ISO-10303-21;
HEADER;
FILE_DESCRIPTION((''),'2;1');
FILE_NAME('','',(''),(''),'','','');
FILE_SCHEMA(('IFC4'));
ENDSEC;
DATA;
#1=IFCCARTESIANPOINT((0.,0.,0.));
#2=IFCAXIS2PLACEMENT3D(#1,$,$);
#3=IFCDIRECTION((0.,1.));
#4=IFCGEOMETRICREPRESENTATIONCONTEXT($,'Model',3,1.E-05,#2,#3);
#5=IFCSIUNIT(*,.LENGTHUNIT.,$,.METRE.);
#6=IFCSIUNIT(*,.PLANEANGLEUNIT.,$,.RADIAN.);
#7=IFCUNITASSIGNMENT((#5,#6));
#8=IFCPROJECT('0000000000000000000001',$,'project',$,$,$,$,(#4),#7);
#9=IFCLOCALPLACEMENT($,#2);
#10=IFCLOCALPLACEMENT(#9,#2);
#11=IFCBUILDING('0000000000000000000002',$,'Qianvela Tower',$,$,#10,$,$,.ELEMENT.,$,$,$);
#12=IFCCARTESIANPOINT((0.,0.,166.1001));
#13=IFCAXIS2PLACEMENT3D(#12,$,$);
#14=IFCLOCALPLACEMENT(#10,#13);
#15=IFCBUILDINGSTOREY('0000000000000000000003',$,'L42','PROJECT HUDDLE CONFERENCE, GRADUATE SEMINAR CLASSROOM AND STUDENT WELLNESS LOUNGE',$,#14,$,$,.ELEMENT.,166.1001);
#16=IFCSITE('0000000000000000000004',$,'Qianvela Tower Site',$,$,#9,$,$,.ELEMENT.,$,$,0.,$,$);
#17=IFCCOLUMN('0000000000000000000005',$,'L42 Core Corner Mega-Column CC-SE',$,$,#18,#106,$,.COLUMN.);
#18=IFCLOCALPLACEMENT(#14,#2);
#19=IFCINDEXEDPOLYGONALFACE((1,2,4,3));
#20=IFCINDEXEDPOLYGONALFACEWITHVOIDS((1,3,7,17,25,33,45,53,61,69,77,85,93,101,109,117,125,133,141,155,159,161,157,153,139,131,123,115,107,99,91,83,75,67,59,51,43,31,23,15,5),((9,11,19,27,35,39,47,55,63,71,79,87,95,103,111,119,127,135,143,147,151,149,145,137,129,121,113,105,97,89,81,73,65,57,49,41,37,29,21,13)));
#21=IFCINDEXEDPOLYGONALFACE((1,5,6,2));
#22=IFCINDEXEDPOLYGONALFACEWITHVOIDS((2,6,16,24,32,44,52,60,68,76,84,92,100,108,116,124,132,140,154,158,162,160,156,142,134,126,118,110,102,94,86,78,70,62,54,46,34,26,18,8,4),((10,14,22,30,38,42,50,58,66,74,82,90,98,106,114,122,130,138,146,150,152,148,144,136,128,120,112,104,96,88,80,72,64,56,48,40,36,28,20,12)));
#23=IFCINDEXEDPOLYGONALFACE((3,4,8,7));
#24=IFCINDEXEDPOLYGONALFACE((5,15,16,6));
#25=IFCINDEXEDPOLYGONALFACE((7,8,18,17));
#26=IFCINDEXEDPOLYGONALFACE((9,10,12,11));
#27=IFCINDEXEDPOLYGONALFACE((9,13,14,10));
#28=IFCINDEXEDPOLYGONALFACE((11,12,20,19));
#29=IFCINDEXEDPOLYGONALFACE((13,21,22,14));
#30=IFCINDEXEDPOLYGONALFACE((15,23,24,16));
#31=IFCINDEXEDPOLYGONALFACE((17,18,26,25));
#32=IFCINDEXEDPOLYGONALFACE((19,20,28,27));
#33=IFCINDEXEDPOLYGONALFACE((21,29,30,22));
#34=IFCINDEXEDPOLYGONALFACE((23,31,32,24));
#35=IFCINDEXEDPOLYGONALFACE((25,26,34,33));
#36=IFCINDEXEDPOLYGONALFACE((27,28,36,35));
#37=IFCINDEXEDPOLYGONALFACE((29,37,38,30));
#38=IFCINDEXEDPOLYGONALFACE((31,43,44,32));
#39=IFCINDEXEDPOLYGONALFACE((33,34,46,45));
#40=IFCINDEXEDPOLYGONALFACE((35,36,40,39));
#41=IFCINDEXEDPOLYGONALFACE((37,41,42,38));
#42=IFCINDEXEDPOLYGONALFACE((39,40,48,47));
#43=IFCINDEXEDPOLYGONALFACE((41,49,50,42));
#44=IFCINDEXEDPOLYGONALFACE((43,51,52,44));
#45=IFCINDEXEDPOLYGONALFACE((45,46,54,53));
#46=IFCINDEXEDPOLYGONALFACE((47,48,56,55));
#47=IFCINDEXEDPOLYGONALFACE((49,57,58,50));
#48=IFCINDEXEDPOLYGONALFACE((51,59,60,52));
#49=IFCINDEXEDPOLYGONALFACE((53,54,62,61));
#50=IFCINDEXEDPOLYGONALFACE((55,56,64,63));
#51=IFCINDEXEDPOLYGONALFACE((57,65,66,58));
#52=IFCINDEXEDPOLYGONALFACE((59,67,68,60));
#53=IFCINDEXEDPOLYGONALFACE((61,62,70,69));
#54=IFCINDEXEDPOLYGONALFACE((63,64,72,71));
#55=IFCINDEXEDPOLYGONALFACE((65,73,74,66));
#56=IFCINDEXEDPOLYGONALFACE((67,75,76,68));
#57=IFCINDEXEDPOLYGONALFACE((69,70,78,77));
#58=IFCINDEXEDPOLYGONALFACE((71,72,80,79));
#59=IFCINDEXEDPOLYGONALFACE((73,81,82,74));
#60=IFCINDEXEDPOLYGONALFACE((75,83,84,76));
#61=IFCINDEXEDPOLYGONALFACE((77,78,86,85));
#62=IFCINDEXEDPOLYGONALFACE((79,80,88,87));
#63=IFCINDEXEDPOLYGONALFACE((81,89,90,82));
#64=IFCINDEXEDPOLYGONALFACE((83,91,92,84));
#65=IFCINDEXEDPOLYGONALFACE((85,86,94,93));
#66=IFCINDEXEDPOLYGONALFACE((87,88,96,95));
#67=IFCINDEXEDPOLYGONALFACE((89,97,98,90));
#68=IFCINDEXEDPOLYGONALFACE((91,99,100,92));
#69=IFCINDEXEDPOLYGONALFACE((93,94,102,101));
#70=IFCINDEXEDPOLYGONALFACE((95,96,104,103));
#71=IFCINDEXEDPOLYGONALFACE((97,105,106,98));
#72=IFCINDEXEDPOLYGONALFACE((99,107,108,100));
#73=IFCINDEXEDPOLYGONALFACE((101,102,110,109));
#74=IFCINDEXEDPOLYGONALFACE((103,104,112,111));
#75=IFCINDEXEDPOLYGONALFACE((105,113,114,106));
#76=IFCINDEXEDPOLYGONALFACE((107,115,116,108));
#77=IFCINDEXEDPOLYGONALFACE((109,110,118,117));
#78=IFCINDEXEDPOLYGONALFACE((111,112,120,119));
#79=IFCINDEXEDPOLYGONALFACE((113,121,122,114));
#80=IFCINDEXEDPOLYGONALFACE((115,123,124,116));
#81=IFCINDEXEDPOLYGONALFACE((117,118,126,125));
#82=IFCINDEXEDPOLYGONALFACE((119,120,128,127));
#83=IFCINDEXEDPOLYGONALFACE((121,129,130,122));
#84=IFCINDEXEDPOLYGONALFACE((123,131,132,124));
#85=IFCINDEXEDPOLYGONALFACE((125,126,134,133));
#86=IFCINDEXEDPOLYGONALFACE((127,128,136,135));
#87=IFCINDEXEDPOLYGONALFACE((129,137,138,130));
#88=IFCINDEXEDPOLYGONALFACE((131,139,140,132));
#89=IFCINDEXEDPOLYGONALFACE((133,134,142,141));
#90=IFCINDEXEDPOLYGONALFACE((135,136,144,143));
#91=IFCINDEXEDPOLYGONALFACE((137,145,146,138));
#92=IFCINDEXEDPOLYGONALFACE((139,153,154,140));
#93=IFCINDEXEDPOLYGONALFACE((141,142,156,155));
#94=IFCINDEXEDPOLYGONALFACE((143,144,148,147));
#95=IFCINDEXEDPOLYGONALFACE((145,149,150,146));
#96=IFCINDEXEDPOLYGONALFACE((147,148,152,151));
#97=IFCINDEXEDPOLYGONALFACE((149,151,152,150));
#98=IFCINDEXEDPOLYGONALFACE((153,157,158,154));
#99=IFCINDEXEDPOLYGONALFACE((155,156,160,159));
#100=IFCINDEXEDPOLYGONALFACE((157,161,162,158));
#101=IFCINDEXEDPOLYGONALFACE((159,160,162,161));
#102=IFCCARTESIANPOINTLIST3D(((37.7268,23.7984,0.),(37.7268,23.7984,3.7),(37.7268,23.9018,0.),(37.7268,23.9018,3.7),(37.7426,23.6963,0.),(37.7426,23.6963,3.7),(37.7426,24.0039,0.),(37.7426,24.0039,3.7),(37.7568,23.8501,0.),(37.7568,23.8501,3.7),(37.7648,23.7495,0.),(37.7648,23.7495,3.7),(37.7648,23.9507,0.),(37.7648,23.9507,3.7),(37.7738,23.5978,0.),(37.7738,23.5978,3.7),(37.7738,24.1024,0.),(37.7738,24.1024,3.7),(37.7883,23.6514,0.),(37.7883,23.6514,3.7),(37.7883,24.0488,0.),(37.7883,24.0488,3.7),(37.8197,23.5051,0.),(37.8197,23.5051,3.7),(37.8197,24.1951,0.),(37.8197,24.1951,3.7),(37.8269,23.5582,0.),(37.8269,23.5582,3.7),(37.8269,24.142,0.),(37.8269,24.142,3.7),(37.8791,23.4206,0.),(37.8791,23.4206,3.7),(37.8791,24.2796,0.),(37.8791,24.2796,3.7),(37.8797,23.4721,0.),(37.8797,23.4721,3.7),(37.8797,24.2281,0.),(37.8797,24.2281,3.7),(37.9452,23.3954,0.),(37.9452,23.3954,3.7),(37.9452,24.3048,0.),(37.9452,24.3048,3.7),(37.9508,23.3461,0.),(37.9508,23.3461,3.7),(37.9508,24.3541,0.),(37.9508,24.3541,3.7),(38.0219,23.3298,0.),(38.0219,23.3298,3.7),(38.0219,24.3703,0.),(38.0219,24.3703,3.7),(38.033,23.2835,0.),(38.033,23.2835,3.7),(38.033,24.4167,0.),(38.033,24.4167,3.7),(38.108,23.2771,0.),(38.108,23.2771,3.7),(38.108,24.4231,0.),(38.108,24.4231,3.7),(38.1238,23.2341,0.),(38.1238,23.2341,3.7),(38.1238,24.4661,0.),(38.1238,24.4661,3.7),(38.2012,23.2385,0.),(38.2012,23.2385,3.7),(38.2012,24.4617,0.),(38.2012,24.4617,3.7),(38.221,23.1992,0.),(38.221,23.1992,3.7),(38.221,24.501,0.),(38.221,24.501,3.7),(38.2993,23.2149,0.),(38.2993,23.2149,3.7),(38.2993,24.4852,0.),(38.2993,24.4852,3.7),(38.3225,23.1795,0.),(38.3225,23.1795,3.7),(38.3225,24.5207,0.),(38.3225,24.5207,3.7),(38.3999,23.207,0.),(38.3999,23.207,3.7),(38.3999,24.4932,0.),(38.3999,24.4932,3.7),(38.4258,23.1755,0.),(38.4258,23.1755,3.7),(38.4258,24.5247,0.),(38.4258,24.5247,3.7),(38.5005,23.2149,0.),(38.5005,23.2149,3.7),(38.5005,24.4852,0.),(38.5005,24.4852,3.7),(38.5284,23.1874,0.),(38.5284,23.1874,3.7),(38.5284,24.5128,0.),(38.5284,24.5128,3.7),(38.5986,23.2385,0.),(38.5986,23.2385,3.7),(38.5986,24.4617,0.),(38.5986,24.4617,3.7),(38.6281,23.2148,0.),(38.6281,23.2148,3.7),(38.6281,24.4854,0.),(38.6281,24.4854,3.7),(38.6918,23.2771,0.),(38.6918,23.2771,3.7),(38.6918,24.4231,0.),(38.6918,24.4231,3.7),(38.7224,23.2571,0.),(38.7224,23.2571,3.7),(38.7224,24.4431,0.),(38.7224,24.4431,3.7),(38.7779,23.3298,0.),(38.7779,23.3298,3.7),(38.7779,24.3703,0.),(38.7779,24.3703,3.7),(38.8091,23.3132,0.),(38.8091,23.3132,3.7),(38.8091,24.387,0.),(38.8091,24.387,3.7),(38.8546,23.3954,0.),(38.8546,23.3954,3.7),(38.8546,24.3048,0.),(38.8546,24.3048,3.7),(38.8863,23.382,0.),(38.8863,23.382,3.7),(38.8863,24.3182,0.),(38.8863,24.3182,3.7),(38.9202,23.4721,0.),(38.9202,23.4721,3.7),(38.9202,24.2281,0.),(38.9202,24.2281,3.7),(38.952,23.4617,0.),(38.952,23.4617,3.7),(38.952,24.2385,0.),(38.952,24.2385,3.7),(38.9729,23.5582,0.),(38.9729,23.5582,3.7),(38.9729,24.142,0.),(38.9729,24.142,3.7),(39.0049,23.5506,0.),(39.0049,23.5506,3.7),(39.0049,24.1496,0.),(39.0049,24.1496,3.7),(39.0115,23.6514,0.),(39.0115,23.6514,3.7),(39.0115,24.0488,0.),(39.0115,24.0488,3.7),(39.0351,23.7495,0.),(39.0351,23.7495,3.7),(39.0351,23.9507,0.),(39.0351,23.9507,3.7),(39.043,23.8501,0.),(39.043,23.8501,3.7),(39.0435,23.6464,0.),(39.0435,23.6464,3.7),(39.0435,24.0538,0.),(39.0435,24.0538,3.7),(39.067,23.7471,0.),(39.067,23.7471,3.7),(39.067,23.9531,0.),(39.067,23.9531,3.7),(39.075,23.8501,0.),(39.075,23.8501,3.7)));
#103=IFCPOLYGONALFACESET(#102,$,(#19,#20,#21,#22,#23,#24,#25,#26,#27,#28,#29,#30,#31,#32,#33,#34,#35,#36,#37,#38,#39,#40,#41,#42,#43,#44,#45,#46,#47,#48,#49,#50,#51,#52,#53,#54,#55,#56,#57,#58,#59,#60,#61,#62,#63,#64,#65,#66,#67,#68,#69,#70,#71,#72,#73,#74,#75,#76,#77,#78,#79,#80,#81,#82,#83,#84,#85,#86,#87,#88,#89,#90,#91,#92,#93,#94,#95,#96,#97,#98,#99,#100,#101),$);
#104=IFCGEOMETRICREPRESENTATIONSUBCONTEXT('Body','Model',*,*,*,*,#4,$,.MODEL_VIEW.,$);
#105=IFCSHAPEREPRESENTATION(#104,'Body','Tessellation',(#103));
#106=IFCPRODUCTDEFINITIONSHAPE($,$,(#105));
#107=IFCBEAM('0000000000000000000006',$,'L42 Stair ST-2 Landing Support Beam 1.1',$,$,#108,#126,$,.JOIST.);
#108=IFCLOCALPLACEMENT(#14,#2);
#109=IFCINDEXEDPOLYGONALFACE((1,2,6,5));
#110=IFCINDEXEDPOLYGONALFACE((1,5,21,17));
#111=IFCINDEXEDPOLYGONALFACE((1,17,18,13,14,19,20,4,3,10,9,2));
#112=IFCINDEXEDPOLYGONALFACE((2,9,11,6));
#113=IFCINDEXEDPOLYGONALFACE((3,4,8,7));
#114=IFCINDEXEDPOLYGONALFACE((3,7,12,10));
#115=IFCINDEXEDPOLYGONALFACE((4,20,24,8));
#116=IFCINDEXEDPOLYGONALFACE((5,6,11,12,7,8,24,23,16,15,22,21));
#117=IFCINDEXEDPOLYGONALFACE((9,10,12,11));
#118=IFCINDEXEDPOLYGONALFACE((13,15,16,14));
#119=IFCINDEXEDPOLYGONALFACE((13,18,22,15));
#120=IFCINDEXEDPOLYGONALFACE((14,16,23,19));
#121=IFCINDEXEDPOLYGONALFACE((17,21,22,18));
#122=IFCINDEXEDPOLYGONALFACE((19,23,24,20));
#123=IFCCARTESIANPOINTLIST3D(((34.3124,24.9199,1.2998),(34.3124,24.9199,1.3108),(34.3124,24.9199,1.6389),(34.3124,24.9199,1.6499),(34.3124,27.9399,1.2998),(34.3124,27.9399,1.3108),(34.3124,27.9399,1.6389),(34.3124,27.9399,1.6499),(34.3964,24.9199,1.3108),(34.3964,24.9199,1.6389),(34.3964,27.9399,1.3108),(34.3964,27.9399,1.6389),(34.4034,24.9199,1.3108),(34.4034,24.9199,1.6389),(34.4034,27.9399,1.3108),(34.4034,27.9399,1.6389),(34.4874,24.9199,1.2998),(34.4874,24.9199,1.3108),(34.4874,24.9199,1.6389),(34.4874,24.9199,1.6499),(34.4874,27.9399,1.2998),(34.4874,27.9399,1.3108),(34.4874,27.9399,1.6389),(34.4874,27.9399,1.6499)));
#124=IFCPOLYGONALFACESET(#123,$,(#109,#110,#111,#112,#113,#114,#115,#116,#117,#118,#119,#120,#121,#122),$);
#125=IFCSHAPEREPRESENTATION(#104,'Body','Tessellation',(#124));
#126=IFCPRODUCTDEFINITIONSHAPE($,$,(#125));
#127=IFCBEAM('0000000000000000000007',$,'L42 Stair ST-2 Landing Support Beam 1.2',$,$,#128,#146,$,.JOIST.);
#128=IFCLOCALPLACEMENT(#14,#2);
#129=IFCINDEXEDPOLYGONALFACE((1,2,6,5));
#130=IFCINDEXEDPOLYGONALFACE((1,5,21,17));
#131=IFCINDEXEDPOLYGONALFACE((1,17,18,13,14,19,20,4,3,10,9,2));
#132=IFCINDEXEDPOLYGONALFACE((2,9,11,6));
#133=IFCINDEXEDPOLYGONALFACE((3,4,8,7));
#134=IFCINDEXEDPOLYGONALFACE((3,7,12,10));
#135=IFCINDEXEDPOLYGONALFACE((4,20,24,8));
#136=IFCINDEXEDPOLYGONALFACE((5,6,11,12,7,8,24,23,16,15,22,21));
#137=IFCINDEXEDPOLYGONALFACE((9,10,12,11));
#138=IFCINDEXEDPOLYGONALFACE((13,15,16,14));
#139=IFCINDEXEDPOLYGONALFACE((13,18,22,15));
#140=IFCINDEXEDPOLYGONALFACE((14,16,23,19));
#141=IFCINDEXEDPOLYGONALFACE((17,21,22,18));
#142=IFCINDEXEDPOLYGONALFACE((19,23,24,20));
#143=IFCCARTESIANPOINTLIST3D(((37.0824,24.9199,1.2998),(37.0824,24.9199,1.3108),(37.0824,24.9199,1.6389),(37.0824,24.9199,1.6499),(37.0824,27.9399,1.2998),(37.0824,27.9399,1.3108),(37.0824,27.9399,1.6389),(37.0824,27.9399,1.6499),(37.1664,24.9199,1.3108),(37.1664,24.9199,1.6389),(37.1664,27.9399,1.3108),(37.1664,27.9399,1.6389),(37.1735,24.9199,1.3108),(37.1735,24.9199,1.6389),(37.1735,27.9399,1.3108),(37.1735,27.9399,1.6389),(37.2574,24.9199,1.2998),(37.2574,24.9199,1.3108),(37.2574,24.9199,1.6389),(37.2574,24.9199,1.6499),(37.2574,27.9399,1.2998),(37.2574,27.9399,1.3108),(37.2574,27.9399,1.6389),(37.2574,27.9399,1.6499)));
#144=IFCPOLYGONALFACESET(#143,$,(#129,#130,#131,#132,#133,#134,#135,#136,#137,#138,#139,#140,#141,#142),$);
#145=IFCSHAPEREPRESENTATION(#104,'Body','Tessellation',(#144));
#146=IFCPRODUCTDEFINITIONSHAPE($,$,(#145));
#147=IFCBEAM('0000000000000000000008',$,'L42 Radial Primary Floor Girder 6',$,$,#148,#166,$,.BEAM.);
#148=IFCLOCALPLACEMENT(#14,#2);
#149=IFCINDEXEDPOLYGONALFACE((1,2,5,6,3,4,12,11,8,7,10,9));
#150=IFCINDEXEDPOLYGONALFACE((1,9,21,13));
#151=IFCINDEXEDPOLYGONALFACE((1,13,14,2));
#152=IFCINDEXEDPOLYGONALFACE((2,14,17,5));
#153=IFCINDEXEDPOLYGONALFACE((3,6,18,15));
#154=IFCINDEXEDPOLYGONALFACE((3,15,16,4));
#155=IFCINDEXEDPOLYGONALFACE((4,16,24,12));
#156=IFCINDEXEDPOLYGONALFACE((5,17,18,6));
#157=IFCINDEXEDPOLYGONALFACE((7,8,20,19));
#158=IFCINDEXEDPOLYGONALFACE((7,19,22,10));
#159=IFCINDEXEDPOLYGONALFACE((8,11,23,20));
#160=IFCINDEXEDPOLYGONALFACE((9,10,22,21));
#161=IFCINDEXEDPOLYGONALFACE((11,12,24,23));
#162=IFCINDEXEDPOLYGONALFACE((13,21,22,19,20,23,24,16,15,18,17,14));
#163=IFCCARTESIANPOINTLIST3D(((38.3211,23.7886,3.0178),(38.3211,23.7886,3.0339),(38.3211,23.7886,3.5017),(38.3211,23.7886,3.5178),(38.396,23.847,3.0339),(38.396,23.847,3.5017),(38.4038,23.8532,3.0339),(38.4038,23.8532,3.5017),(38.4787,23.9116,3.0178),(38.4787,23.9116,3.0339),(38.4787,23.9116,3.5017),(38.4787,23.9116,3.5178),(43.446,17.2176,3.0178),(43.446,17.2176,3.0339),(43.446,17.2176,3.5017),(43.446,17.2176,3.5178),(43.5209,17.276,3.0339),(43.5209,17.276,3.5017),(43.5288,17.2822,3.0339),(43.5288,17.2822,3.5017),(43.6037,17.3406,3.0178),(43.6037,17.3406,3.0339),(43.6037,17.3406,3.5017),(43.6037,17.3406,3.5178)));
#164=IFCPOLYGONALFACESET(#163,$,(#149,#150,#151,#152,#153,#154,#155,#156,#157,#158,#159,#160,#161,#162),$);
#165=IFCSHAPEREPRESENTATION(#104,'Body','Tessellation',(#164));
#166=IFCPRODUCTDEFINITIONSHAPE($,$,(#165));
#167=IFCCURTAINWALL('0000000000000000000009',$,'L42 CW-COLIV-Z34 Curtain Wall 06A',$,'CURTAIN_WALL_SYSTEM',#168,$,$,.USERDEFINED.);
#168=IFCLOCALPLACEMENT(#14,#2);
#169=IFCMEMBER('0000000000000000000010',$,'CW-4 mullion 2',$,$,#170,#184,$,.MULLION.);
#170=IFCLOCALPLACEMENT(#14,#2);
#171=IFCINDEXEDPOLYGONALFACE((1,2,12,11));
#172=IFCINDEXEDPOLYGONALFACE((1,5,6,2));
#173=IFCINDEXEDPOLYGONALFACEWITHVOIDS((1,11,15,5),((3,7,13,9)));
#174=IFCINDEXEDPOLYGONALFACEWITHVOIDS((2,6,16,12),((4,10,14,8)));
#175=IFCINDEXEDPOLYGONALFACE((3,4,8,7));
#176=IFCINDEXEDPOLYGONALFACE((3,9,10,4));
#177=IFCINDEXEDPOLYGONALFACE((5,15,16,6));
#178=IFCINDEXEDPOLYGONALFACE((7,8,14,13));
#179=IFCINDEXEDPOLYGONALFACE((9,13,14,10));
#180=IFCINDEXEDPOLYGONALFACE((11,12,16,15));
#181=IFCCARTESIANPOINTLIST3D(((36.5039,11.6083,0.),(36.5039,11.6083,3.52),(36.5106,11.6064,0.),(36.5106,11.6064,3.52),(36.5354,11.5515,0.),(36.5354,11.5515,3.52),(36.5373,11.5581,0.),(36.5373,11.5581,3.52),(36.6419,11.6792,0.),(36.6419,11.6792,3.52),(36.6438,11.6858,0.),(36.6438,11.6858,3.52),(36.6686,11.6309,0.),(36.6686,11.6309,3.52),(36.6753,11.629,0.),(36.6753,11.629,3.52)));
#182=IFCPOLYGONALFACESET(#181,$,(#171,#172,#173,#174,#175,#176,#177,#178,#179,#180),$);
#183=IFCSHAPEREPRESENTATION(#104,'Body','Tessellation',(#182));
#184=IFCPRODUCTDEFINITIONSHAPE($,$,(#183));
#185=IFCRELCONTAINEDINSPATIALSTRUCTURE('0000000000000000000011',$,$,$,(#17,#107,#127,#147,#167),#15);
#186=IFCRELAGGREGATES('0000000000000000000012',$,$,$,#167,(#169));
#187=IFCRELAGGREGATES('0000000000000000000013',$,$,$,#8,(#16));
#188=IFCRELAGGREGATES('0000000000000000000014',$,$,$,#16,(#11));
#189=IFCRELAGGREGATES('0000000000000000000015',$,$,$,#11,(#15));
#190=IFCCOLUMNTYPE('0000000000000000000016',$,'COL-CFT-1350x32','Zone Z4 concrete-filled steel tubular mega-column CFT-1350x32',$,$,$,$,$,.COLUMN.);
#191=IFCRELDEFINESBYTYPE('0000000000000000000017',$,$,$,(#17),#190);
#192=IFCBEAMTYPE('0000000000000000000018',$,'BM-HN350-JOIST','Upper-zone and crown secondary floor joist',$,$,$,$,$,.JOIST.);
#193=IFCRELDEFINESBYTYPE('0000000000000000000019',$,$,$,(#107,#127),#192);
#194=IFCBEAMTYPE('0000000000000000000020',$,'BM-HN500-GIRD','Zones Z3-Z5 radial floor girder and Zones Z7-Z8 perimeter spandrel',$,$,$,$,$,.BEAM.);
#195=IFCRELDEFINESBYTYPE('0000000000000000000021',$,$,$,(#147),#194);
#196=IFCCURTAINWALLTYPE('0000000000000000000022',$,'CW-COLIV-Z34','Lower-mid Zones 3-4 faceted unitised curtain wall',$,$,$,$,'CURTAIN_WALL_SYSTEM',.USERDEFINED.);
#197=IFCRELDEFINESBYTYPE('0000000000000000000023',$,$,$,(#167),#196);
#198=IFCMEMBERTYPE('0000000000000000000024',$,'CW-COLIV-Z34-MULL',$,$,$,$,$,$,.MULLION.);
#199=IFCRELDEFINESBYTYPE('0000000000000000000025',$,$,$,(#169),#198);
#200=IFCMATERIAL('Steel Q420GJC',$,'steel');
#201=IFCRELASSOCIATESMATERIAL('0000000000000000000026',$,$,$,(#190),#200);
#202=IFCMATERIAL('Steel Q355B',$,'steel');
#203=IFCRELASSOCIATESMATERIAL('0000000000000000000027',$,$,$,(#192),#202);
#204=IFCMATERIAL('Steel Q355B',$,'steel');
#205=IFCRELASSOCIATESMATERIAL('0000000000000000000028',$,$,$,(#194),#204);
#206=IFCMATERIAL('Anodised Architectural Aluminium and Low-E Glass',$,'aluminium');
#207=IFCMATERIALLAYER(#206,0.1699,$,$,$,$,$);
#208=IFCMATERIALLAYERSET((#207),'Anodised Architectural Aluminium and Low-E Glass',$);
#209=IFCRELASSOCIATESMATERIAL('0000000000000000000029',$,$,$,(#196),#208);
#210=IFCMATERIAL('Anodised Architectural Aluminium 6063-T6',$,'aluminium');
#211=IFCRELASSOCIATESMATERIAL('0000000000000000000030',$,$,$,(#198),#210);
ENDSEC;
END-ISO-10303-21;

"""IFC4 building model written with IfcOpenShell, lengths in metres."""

from ifc_helpers import new_model, si_unit, direction, frame, origin, origin_2d, place, context, subcontext, project, spatial, hollow_rectangle, hollow_circle, i_section, extrude, material, layer, layer_set, material_profile, profile_set, type_object, element, aggregate, save


model = new_model("IFC4")

# Units and contexts
model_context = context("Model", 3, precision=1e-05, world=origin(), true_north=direction((0.0, 1.0)))
body_context = subcontext(model_context, "Body", "Model", "MODEL_VIEW")
ifc_project = project(units=[si_unit("LENGTHUNIT", "METRE"), si_unit("PLANEANGLEUNIT", "RADIAN")], contexts=[model_context])

# Site, building, storey
site_placement = place(None, origin())
site = spatial("IfcSite", under=ifc_project, at=site_placement, Name="Qianvela Tower Site", CompositionType="ELEMENT", RefElevation=0.0)
building_placement = place(site_placement, origin())
building = spatial("IfcBuilding", under=site, at=building_placement, Name="Qianvela Tower", CompositionType="ELEMENT")
storey_placement = place(building_placement, frame((0.0, 0.0, 166.1001)))
storey = spatial("IfcBuildingStorey", under=building, at=storey_placement, Name="L42", Description="PROJECT HUDDLE CONFERENCE, GRADUATE SEMINAR CLASSROOM AND STUDENT WELLNESS LOUNGE", CompositionType="ELEMENT", Elevation=166.1001)

# Column
ifc_material_1 = material(Name="Steel Q420GJC", Category="steel")
ifc_material_profile_1 = material_profile(ifc_material_1, hollow_circle(Radius=0.675, WallThickness=0.032, at=origin_2d()), Name="CFT-1350x32")
ifc_profile_set_1 = profile_set([ifc_material_profile_1], Name="Steel Q420GJC")
column_type = type_object("IfcColumnType", Name="COL-CFT-1350x32", Description="Zone Z4 concrete-filled steel tubular mega-column CFT-1350x32", PredefinedType="COLUMN", material=ifc_profile_set_1)
column_placement = place(storey_placement, frame((38.3999, 23.8501, 0.0), z_axis=(0.0, 0.0, 1.0), x_axis=(1.0, 0.0, 0.0)))
element("IfcColumn", 1, at=column_placement, inside=storey, type_object=column_type, Name="L42 Core Corner Mega-Column CC-SE", PredefinedType="COLUMN", context=body_context, shape_type="SweptSolid", body=[
    extrude(hollow_circle(Radius=0.675, WallThickness=0.032, at=origin_2d()), origin(), (0.0, 0.0, 1.0), 3.7),
])

# Beams
ifc_material_2 = material(Name="Steel Q355B", Category="steel")
ifc_material_profile_2 = material_profile(ifc_material_2, i_section(OverallWidth=0.175, OverallDepth=0.3501, WebThickness=0.0071, FlangeThickness=0.011, at=origin_2d()), Name="HN350x175x7x11")
ifc_profile_set_2 = profile_set([ifc_material_profile_2], Name="Steel Q355B")
beam_type_1 = type_object("IfcBeamType", Name="BM-HN350-JOIST", Description="Upper-zone and crown secondary floor joist", PredefinedType="JOIST", material=ifc_profile_set_2)
for number, where, z_axis, x_axis, name in (
    (2, (34.3999, 24.9199, 1.4749), (0.0, 1.0, 0.0), (-1.0, 0.0, 0.0), "L42 Stair ST-2 Landing Support Beam 1.1"),
    (3, (37.1699, 24.9199, 1.4749), (0.0, 1.0, 0.0), (-1.0, 0.0, 0.0), "L42 Stair ST-2 Landing Support Beam 1.2"),
):
    element("IfcBeam", number, at=place(storey_placement, frame(where, z_axis=z_axis, x_axis=x_axis)), inside=storey, type_object=beam_type_1, Name=name, PredefinedType="JOIST", context=body_context, shape_type="SweptSolid", body=[
        extrude(i_section(OverallWidth=0.175, OverallDepth=0.3501, WebThickness=0.0071, FlangeThickness=0.011, at=origin_2d()), origin(), (0.0, 0.0, 1.0), 3.02),
    ])
ifc_material_3 = material(Name="Steel Q355B", Category="steel")
ifc_material_profile_3 = material_profile(ifc_material_3, i_section(OverallWidth=0.2, OverallDepth=0.5, WebThickness=0.01, FlangeThickness=0.0161, at=origin_2d()), Name="HN500x200x10x16")
ifc_profile_set_3 = profile_set([ifc_material_profile_3], Name="Steel Q355B")
beam_type_2 = type_object("IfcBeamType", Name="BM-HN500-GIRD", Description="Zones Z3-Z5 radial floor girder and Zones Z7-Z8 perimeter spandrel", PredefinedType="BEAM", material=ifc_profile_set_3)
beam_placement = place(storey_placement, frame((38.3999, 23.8501, 3.2678), z_axis=(0.615001, -0.788526, 0.0), x_axis=(0.788526, 0.615001, 0.0)))
element("IfcBeam", 4, at=beam_placement, inside=storey, type_object=beam_type_2, Name="L42 Radial Primary Floor Girder 6", PredefinedType="BEAM", context=body_context, shape_type="SweptSolid", body=[
    extrude(i_section(OverallWidth=0.2, OverallDepth=0.5, WebThickness=0.01, FlangeThickness=0.0161, at=origin_2d()), origin(), (0.0, 0.0, 1.0), 8.3333),
])

# Curtain wall, member
ifc_material_4 = material(Name="Anodised Architectural Aluminium and Low-E Glass", Category="aluminium")
ifc_layer_1 = layer(ifc_material_4, 0.1699)
ifc_layer_set_1 = layer_set([ifc_layer_1], Name="Anodised Architectural Aluminium and Low-E Glass")
curtain_wall_type = type_object("IfcCurtainWallType", Name="CW-COLIV-Z34", Description="Lower-mid Zones 3-4 faceted unitised curtain wall", ElementType="CURTAIN_WALL_SYSTEM", PredefinedType="USERDEFINED", material=ifc_layer_set_1)
curtain_wall_placement = place(storey_placement, origin())
curtain_wall = element("IfcCurtainWall", 5, at=curtain_wall_placement, inside=storey, type_object=curtain_wall_type, Name="L42 CW-COLIV-Z34 Curtain Wall 06A", ObjectType="CURTAIN_WALL_SYSTEM", PredefinedType="USERDEFINED")
ifc_material_5 = material(Name="Anodised Architectural Aluminium 6063-T6", Category="aluminium")
ifc_material_profile_4 = material_profile(ifc_material_5, hollow_rectangle(XDim=0.0649, YDim=0.1599, WallThickness=0.0049, at=origin_2d()), Name="ALU-MULL-65x160")
ifc_profile_set_4 = profile_set([ifc_material_profile_4], Name="Anodised Architectural Aluminium 6063-T6")
member_type_1 = type_object("IfcMemberType", Name="CW-COLIV-Z34-MULL", PredefinedType="MULLION", material=ifc_profile_set_4)
member_1_placement = place(storey_placement, frame((36.5896, 11.6187, 0.0), z_axis=(0.0, 0.0, 1.0), x_axis=(-0.484703, 0.874679, 0.0)))
member_1 = element("IfcMember", 6, at=member_1_placement, type_object=member_type_1, Name="CW-4 mullion 2", PredefinedType="MULLION", context=body_context, shape_type="SweptSolid", body=[
    extrude(hollow_rectangle(XDim=0.0649, YDim=0.1599, WallThickness=0.0049, at=origin_2d()), origin(), (0.0, 0.0, 1.0), 3.52),
])
aggregate(curtain_wall, [member_1])

save(model, "model.ifc")
